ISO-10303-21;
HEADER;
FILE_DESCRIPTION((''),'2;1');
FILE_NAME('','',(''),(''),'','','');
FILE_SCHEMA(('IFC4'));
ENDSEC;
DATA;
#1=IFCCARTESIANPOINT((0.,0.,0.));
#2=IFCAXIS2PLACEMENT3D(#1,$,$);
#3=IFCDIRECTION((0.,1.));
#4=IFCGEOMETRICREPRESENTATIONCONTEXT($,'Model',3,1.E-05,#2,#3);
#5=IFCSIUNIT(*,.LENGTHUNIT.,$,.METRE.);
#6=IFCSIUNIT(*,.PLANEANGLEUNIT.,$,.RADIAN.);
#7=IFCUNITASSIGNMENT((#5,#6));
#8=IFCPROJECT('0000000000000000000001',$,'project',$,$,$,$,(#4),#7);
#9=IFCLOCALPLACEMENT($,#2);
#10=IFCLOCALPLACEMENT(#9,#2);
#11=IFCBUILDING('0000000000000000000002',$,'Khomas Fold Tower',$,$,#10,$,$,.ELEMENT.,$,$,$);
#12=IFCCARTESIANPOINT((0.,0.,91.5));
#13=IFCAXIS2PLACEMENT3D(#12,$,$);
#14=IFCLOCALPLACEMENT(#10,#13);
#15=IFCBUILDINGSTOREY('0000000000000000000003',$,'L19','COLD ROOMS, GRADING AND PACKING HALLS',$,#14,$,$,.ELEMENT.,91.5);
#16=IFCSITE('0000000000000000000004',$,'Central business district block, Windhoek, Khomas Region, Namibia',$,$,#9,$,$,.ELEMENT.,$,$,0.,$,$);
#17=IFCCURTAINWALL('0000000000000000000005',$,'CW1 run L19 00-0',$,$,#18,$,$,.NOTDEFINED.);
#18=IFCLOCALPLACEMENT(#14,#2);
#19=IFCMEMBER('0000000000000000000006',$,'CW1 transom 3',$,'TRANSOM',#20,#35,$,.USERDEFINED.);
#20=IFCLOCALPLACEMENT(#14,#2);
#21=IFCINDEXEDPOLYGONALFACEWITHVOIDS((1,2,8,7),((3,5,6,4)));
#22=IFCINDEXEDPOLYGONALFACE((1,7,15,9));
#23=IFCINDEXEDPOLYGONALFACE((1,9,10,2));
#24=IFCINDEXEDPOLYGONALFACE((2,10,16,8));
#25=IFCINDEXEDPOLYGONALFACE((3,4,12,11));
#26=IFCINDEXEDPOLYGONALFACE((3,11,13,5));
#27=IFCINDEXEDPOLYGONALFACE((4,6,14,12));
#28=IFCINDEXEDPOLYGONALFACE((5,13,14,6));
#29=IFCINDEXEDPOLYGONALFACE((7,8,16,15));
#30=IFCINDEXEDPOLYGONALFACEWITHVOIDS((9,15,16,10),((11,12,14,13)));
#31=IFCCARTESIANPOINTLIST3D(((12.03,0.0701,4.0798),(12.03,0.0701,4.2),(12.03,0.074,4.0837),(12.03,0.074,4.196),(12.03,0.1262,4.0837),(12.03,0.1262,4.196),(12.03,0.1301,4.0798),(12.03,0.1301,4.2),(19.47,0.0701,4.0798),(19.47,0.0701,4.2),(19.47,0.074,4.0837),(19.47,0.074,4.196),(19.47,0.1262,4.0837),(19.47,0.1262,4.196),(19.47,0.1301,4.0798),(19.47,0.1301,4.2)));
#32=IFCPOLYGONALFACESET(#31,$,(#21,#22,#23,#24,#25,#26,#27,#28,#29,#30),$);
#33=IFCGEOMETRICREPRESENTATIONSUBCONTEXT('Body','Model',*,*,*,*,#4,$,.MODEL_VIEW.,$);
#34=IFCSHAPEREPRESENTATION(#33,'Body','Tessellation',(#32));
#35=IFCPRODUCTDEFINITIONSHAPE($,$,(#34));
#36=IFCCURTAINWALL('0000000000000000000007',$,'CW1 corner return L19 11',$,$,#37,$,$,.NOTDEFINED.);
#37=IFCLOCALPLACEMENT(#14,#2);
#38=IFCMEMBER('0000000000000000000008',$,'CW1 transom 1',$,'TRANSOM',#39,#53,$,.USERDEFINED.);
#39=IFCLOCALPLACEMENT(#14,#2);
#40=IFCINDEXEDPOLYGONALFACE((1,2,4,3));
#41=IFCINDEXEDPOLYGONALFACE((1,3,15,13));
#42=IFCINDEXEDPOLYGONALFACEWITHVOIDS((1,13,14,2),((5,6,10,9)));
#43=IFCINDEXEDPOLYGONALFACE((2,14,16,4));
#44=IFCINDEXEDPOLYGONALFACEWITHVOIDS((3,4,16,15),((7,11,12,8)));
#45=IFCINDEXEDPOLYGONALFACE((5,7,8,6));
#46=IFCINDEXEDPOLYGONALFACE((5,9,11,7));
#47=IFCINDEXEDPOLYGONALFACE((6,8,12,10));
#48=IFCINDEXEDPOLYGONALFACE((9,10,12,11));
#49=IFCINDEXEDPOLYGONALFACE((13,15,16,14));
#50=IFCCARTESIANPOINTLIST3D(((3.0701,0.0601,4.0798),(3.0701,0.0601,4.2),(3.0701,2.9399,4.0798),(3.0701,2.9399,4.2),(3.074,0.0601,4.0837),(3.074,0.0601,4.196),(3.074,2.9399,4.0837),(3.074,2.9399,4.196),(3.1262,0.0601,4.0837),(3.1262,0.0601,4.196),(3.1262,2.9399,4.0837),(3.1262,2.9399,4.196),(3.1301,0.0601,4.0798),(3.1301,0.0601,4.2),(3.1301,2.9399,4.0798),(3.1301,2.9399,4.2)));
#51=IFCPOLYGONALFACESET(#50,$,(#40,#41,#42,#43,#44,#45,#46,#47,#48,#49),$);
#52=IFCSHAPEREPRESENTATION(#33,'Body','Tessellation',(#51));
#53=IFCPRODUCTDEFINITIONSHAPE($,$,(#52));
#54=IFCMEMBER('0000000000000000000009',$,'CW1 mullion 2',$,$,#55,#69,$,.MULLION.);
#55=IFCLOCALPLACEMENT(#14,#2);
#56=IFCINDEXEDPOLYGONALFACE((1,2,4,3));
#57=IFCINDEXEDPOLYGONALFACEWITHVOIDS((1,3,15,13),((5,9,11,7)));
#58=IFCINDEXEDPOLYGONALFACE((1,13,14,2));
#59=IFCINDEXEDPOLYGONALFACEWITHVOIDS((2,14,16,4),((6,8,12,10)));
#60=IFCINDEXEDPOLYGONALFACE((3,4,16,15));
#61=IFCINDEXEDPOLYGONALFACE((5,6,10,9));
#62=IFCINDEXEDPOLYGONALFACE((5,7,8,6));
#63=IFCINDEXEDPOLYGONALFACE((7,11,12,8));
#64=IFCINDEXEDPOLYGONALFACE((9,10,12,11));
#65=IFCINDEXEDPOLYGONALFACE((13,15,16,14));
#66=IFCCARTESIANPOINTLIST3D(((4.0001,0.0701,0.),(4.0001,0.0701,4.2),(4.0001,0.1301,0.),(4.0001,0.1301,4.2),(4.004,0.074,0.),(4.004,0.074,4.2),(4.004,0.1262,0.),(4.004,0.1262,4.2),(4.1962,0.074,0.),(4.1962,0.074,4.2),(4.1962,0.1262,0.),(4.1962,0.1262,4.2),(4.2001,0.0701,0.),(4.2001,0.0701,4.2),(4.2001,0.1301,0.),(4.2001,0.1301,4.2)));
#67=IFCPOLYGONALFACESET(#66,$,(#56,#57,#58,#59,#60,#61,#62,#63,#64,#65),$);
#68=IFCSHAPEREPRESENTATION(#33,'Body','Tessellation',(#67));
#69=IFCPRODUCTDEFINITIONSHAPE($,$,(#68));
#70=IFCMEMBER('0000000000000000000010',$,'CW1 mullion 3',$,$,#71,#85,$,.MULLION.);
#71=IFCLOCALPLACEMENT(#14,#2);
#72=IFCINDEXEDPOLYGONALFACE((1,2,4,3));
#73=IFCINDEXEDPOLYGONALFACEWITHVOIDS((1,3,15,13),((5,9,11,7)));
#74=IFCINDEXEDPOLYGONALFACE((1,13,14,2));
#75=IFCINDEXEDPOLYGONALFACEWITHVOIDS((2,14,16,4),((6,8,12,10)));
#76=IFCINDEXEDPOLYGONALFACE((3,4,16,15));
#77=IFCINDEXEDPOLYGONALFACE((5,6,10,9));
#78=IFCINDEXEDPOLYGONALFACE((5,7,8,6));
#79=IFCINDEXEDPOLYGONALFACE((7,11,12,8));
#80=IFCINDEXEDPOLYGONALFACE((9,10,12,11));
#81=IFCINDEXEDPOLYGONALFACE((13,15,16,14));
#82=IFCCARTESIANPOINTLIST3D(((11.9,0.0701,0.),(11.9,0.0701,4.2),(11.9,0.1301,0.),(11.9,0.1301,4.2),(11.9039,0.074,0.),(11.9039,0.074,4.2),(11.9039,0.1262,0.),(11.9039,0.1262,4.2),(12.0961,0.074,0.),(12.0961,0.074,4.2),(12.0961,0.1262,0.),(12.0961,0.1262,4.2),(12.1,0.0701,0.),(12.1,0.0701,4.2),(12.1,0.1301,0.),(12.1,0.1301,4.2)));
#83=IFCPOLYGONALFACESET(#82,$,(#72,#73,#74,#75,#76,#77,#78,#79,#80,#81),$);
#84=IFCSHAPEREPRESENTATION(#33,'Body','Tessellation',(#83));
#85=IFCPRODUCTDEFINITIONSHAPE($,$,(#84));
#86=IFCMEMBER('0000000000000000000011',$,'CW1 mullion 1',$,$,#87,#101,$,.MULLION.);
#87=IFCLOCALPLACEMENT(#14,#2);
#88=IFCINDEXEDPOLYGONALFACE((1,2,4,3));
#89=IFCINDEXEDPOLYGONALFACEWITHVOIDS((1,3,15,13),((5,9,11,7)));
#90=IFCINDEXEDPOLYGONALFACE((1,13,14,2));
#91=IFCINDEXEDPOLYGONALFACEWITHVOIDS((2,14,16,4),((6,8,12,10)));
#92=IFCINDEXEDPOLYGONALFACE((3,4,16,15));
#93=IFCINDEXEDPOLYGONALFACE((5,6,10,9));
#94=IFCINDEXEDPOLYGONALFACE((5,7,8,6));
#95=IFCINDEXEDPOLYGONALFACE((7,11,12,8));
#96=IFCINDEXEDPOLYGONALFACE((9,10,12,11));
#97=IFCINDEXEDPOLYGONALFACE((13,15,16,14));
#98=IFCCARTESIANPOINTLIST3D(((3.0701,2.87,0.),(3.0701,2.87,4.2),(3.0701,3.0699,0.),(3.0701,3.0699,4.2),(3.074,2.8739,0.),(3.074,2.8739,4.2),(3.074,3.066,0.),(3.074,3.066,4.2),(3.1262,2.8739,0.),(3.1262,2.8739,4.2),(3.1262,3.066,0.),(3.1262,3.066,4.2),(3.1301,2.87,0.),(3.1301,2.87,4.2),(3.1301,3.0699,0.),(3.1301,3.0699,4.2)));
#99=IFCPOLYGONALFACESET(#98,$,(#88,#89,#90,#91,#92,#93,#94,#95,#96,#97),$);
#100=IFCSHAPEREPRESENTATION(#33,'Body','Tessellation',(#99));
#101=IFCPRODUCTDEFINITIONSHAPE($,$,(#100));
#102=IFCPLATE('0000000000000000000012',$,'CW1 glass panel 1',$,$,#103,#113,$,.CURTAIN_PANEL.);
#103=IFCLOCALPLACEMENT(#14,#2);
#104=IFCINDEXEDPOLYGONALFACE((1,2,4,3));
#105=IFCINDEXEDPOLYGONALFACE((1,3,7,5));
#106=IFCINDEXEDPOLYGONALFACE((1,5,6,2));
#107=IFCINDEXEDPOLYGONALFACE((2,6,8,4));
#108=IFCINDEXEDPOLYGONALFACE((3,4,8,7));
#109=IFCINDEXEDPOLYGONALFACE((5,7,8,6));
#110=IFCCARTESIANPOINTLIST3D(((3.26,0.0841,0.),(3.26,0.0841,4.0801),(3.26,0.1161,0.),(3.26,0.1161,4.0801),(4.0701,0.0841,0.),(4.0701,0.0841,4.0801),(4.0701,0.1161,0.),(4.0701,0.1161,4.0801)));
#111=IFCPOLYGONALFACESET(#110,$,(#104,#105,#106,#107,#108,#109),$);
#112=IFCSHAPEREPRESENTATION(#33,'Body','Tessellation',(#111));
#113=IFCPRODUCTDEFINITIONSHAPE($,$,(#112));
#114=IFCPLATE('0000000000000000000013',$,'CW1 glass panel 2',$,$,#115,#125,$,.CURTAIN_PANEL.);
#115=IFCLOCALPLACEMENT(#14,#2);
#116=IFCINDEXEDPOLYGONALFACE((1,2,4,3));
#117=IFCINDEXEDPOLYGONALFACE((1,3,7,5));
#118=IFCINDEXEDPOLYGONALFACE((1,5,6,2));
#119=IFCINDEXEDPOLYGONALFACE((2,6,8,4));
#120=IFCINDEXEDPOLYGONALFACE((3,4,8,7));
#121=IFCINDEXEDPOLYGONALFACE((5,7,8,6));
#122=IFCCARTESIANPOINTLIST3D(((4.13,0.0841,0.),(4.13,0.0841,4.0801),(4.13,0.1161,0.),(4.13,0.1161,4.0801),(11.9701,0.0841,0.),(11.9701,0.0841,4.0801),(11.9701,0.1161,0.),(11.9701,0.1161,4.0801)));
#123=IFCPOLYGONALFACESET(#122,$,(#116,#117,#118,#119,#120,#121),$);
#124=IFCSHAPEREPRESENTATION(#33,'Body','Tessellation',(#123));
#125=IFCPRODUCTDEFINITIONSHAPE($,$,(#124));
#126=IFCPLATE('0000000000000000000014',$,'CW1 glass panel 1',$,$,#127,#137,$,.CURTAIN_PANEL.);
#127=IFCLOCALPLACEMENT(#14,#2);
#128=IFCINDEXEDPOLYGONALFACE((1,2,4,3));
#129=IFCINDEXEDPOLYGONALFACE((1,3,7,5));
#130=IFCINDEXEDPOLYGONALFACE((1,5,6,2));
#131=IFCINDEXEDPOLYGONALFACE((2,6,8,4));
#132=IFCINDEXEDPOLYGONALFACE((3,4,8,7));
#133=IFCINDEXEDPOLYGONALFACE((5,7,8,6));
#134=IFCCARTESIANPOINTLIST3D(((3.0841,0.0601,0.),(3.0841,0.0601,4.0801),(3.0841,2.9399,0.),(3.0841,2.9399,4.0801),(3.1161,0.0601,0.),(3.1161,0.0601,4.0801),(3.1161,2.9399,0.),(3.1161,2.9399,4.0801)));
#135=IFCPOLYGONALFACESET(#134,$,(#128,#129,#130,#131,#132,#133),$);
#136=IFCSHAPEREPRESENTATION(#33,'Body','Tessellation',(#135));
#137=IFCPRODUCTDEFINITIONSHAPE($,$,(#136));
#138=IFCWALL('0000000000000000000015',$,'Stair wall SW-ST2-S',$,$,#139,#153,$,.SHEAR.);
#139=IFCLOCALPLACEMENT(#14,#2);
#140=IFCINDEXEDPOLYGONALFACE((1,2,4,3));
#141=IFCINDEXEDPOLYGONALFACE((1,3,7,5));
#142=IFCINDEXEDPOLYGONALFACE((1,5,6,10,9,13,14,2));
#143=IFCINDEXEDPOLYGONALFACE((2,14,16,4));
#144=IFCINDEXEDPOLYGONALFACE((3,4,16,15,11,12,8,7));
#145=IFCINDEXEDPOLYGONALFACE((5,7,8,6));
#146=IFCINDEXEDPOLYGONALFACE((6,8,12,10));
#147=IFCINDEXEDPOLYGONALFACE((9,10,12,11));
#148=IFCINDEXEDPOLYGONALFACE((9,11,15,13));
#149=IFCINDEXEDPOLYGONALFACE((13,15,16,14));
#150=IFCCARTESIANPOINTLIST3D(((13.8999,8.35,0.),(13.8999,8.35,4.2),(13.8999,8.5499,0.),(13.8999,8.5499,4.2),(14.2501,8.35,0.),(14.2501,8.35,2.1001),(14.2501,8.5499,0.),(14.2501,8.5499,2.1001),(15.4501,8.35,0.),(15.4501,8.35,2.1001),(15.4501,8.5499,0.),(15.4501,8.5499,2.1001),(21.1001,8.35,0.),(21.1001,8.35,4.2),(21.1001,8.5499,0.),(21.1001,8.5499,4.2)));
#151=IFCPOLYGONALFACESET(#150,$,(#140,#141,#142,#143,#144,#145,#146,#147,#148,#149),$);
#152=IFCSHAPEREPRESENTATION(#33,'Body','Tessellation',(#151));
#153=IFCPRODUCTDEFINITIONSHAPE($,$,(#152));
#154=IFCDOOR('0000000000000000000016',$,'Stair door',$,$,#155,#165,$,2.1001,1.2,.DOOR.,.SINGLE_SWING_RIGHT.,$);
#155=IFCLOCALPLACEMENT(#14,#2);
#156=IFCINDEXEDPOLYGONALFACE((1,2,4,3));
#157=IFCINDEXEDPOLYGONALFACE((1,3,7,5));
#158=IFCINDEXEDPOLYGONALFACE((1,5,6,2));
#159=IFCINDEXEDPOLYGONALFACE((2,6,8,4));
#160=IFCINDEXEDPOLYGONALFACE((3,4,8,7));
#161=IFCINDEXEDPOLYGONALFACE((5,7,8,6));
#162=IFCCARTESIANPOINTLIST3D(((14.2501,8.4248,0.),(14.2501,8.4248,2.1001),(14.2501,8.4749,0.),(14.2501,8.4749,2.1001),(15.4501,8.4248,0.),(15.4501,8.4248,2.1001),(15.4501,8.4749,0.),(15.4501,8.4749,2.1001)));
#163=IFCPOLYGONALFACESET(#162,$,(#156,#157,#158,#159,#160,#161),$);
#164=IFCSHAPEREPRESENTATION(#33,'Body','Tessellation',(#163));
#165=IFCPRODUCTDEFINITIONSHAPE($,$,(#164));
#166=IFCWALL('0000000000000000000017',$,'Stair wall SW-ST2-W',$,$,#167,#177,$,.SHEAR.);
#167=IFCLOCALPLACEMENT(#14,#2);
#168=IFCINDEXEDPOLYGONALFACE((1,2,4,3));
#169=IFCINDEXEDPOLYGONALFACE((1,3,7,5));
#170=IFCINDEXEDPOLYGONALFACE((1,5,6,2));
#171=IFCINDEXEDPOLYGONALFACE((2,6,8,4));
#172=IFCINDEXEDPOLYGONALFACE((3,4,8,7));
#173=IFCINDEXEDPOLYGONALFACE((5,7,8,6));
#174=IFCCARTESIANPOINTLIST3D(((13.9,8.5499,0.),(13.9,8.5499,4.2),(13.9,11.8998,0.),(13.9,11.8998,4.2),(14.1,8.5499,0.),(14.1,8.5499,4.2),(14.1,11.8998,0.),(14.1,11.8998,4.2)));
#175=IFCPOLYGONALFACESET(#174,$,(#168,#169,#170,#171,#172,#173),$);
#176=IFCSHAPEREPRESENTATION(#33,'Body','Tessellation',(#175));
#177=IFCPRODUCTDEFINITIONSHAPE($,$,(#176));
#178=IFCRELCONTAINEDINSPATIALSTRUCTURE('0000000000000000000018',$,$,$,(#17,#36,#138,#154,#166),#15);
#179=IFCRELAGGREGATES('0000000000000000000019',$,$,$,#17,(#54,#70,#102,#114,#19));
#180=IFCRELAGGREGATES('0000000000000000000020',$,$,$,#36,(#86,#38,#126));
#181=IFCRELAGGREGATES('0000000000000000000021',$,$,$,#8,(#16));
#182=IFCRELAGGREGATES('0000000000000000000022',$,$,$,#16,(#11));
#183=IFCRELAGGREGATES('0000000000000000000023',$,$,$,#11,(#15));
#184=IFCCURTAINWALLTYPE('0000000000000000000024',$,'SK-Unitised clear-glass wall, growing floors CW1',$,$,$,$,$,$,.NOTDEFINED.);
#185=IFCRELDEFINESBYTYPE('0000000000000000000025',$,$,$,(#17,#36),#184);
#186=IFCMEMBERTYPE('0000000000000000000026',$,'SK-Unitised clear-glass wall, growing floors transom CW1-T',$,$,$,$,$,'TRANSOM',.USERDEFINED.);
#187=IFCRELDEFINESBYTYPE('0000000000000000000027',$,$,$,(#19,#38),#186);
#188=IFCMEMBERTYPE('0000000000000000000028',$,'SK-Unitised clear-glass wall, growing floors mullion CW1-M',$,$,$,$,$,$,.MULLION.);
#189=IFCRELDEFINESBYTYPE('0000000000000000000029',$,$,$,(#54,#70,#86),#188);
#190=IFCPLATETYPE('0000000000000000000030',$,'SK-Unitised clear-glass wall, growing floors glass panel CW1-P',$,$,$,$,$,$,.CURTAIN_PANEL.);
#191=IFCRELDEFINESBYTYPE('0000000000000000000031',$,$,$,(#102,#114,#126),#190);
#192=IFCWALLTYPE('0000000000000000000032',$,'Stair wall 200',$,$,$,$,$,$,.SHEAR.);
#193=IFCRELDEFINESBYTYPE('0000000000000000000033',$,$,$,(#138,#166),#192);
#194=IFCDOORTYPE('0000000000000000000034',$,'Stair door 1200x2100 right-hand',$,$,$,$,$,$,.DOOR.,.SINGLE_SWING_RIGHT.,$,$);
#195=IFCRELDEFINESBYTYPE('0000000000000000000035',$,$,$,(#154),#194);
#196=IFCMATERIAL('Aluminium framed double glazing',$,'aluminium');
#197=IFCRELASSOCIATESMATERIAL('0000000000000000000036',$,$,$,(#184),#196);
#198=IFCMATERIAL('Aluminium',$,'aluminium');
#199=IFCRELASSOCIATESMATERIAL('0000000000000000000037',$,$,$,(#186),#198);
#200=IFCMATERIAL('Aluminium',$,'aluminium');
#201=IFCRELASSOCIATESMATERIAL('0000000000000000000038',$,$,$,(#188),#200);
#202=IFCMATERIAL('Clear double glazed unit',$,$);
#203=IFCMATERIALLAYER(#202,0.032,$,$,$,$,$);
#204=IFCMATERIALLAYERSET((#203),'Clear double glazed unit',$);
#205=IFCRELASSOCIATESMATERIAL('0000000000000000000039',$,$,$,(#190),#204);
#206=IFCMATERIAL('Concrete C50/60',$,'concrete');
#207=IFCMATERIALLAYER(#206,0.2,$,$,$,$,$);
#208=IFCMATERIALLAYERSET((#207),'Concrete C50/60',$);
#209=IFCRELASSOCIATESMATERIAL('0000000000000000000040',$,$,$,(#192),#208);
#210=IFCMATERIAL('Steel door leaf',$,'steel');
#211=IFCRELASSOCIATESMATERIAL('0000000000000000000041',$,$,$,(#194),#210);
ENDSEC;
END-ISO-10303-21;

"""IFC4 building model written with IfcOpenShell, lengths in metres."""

from ifc_helpers import new_model, si_unit, direction, frame, frame_2d, origin, origin_2d, place, context, subcontext, project, spatial, rectangle, hollow_rectangle, extrude, source, transform, mapped, material, layer, layer_set, material_profile, profile_set, type_object, element, fill, aggregate, save


model = new_model("IFC4")

# Units and contexts
model_context = context("Model", 3, precision=1e-05, world=origin(), true_north=direction((0.0, 1.0)))
body_context = subcontext(model_context, "Body", "Model", "MODEL_VIEW")
ifc_project = project(units=[si_unit("LENGTHUNIT", "METRE"), si_unit("PLANEANGLEUNIT", "RADIAN")], contexts=[model_context])

# Site, building, storey
site_placement = place(None, origin())
site = spatial("IfcSite", under=ifc_project, at=site_placement, Name="Central business district block, Windhoek, Khomas Region, Namibia", CompositionType="ELEMENT", RefElevation=0.0)
building_placement = place(site_placement, origin())
building = spatial("IfcBuilding", under=site, at=building_placement, Name="Khomas Fold Tower", CompositionType="ELEMENT")
storey_placement = place(building_placement, frame((0.0, 0.0, 91.5)))
storey = spatial("IfcBuildingStorey", under=building, at=storey_placement, Name="L19", Description="COLD ROOMS, GRADING AND PACKING HALLS", CompositionType="ELEMENT", Elevation=91.5)

# Curtain wall, member
ifc_material_1 = material(Name="Aluminium framed double glazing", Category="aluminium")
curtain_wall_type = type_object("IfcCurtainWallType", Name="SK-Unitised clear-glass wall, growing floors CW1", PredefinedType="NOTDEFINED", material=ifc_material_1)
curtain_wall_1_placement = place(storey_placement, origin())
curtain_wall_1 = element("IfcCurtainWall", 1, at=curtain_wall_1_placement, inside=storey, type_object=curtain_wall_type, Name="CW1 run L19 00-0", PredefinedType="NOTDEFINED")
ifc_material_2 = material(Name="Aluminium", Category="aluminium")
ifc_material_profile_1 = material_profile(ifc_material_2, hollow_rectangle(XDim=0.0601, YDim=0.1201, WallThickness=0.0039, at=origin_2d()), Name="SK-Unitised clear-glass wall, growing floors transom CW1-T")
ifc_profile_set_1 = profile_set([ifc_material_profile_1], Name="Aluminium")
member_type_1 = type_object("IfcMemberType", Name="SK-Unitised clear-glass wall, growing floors transom CW1-T", ElementType="TRANSOM", PredefinedType="USERDEFINED", material=ifc_profile_set_1)
shared_shape_1 = source(origin(), body_context, "Body", "SweptSolid", [
    extrude(hollow_rectangle(XDim=0.0601, YDim=0.1201, WallThickness=0.0039, at=origin_2d()), origin(), (0.0, 0.0, 1.0), 7.4399),
])
member_1_placement = place(storey_placement, frame((12.03, 0.1001, 4.1399), z_axis=(1.0, 0.0, 0.0), x_axis=(0.0, 1.0, 0.0)))
member_1 = element("IfcMember", 2, at=member_1_placement, type_object=member_type_1, Name="CW1 transom 3", ObjectType="TRANSOM", PredefinedType="USERDEFINED", context=body_context, shape_type="MappedRepresentation", body=[
    mapped(shared_shape_1, transform((0.0, 0.0, 0.0))),
])

# Curtain wall, member
curtain_wall_2_placement = place(storey_placement, origin())
curtain_wall_2 = element("IfcCurtainWall", 3, at=curtain_wall_2_placement, inside=storey, type_object=curtain_wall_type, Name="CW1 corner return L19 11", PredefinedType="NOTDEFINED")
shared_shape_2 = source(origin(), body_context, "Body", "SweptSolid", [
    extrude(hollow_rectangle(XDim=0.0601, YDim=0.1201, WallThickness=0.0039, at=origin_2d()), origin(), (0.0, 0.0, 1.0), 2.8799),
])
member_2_placement = place(storey_placement, frame((3.1001, 2.9399, 4.1399), z_axis=(0.0, -1.0, 0.0), x_axis=(1.0, 0.0, 0.0)))
member_2 = element("IfcMember", 4, at=member_2_placement, type_object=member_type_1, Name="CW1 transom 1", ObjectType="TRANSOM", PredefinedType="USERDEFINED", context=body_context, shape_type="MappedRepresentation", body=[
    mapped(shared_shape_2, transform((0.0, 0.0, 0.0))),
])

# Members
ifc_material_3 = material(Name="Aluminium", Category="aluminium")
ifc_material_profile_2 = material_profile(ifc_material_3, hollow_rectangle(XDim=0.0601, YDim=0.2, WallThickness=0.0039, at=origin_2d()), Name="SK-Unitised clear-glass wall, growing floors mullion CW1-M")
ifc_profile_set_2 = profile_set([ifc_material_profile_2], Name="Aluminium")
member_type_2 = type_object("IfcMemberType", Name="SK-Unitised clear-glass wall, growing floors mullion CW1-M", PredefinedType="MULLION", material=ifc_profile_set_2)
shared_shape_3 = source(origin(), body_context, "Body", "SweptSolid", [
    extrude(hollow_rectangle(XDim=0.0601, YDim=0.2, WallThickness=0.0039, at=origin_2d()), origin(), (0.0, 0.0, 1.0), 4.2),
])
member_3_placement = place(storey_placement, frame((4.1001, 0.1001, 0.0), z_axis=(0.0, 0.0, 1.0), x_axis=(0.0, 1.0, 0.0)))
member_3 = element("IfcMember", 5, at=member_3_placement, type_object=member_type_2, Name="CW1 mullion 2", PredefinedType="MULLION", context=body_context, shape_type="MappedRepresentation", body=[
    mapped(shared_shape_3, transform((0.0, 0.0, 0.0))),
])
member_4_placement = place(storey_placement, frame((12.0, 0.1001, 0.0), z_axis=(0.0, 0.0, 1.0), x_axis=(0.0, 1.0, 0.0)))
member_4 = element("IfcMember", 6, at=member_4_placement, type_object=member_type_2, Name="CW1 mullion 3", PredefinedType="MULLION", context=body_context, shape_type="MappedRepresentation", body=[
    mapped(shared_shape_3, transform((0.0, 0.0, 0.0))),
])
member_5_placement = place(storey_placement, frame((3.1001, 2.97, 0.0), z_axis=(0.0, 0.0, 1.0), x_axis=(1.0, 0.0, 0.0)))
member_5 = element("IfcMember", 7, at=member_5_placement, type_object=member_type_2, Name="CW1 mullion 1", PredefinedType="MULLION", context=body_context, shape_type="MappedRepresentation", body=[
    mapped(shared_shape_3, transform((0.0, 0.0, 0.0))),
])

# Plates
ifc_material_4 = material(Name="Clear double glazed unit")
ifc_layer_1 = layer(ifc_material_4, 0.032)
ifc_layer_set_1 = layer_set([ifc_layer_1], Name="Clear double glazed unit")
plate_type = type_object("IfcPlateType", Name="SK-Unitised clear-glass wall, growing floors glass panel CW1-P", PredefinedType="CURTAIN_PANEL", material=ifc_layer_set_1)
shared_shape_4 = source(origin(), body_context, "Body", "SweptSolid", [
    extrude(rectangle(XDim=0.8101, YDim=0.032, at=origin_2d()), origin(), (0.0, 0.0, 1.0), 4.0801),
])
plate_1_placement = place(storey_placement, frame((3.665, 0.1001, 0.0), z_axis=(0.0, 0.0, 1.0), x_axis=(1.0, 0.0, 0.0)))
plate_1 = element("IfcPlate", 8, at=plate_1_placement, type_object=plate_type, Name="CW1 glass panel 1", PredefinedType="CURTAIN_PANEL", context=body_context, shape_type="MappedRepresentation", body=[
    mapped(shared_shape_4, transform((0.0, 0.0, 0.0))),
])
shared_shape_5 = source(origin(), body_context, "Body", "SweptSolid", [
    extrude(rectangle(XDim=7.8401, YDim=0.032, at=origin_2d()), origin(), (0.0, 0.0, 1.0), 4.0801),
])
plate_2_placement = place(storey_placement, frame((8.05, 0.1001, 0.0), z_axis=(0.0, 0.0, 1.0), x_axis=(1.0, 0.0, 0.0)))
plate_2 = element("IfcPlate", 9, at=plate_2_placement, type_object=plate_type, Name="CW1 glass panel 2", PredefinedType="CURTAIN_PANEL", context=body_context, shape_type="MappedRepresentation", body=[
    mapped(shared_shape_5, transform((0.0, 0.0, 0.0))),
])
aggregate(curtain_wall_1, [member_3, member_4, plate_1, plate_2, member_1])
shared_shape_6 = source(origin(), body_context, "Body", "SweptSolid", [
    extrude(rectangle(XDim=2.8799, YDim=0.032, at=origin_2d()), origin(), (0.0, 0.0, 1.0), 4.0801),
])
plate_3_placement = place(storey_placement, frame((3.1001, 1.5, 0.0), z_axis=(0.0, 0.0, 1.0), x_axis=(0.0, -1.0, 0.0)))
plate_3 = element("IfcPlate", 10, at=plate_3_placement, type_object=plate_type, Name="CW1 glass panel 1", PredefinedType="CURTAIN_PANEL", context=body_context, shape_type="MappedRepresentation", body=[
    mapped(shared_shape_6, transform((0.0, 0.0, 0.0))),
])
aggregate(curtain_wall_2, [member_5, member_2, plate_3])

# Wall, opening, door
ifc_material_5 = material(Name="Concrete C50/60", Category="concrete")
ifc_layer_2 = layer(ifc_material_5, 0.2)
ifc_layer_set_2 = layer_set([ifc_layer_2], Name="Concrete C50/60")
wall_type_1 = type_object("IfcWallType", Name="Stair wall 200", PredefinedType="SHEAR", material=ifc_layer_set_2)
shared_shape_7 = source(origin(), body_context, "Body", "SweptSolid", [
    extrude(rectangle(XDim=7.2002, YDim=0.2, at=frame_2d((3.6001, 0.0))), origin(), (0.0, 0.0, 1.0), 4.2),
])
wall_1_placement = place(storey_placement, frame((13.8999, 8.45, 0.0), z_axis=(0.0, 0.0, 1.0), x_axis=(1.0, 0.0, 0.0)))
wall_1 = element("IfcWall", 11, at=wall_1_placement, inside=storey, type_object=wall_type_1, Name="Stair wall SW-ST2-S", PredefinedType="SHEAR", context=body_context, shape_type="MappedRepresentation", body=[
    mapped(shared_shape_7, transform((0.0, 0.0, 0.0))),
])
shared_shape_8 = source(origin(), body_context, "Body", "SweptSolid", [
    extrude(rectangle(XDim=1.2, YDim=2.1001, at=frame_2d((0.6001, 1.05))), frame((0.0, 0.1099, 0.0), z_axis=(0.0, -1.0, 0.0), x_axis=(1.0, 0.0, 0.0)), (0.0, 0.0, 1.0), 0.22),
])
opening_1_placement = place(wall_1_placement, frame((0.3501, 0.0, 0.0)))
opening_1 = element("IfcOpeningElement", 12, at=opening_1_placement, cuts=wall_1, PredefinedType="OPENING", context=body_context, shape_type="MappedRepresentation", body=[
    mapped(shared_shape_8, transform((0.0, 0.0, 0.0))),
])
ifc_material_6 = material(Name="Steel door leaf", Category="steel")
door_type_1 = type_object("IfcDoorType", Name="Stair door 1200x2100 right-hand", OperationType="SINGLE_SWING_RIGHT", PredefinedType="DOOR", material=ifc_material_6)
shared_shape_9 = source(origin(), body_context, "Body", "SweptSolid", [
    extrude(rectangle(XDim=1.2, YDim=2.1001, at=frame_2d((0.6001, 1.05))), frame((0.0, 0.0249, 0.0), z_axis=(0.0, -1.0, 0.0), x_axis=(1.0, 0.0, 0.0)), (0.0, 0.0, 1.0), 0.05),
])
door_1_placement = place(opening_1_placement, origin())
door_1 = element("IfcDoor", 13, at=door_1_placement, inside=storey, type_object=door_type_1, Name="Stair door", OperationType="SINGLE_SWING_RIGHT", OverallHeight=2.1001, OverallWidth=1.2, PredefinedType="DOOR", context=body_context, shape_type="MappedRepresentation", body=[
    mapped(shared_shape_9, transform((0.0, 0.0, 0.0))),
])
fill(opening_1, door_1)

# Wall
shared_shape_10 = source(origin(), body_context, "Body", "SweptSolid", [
    extrude(rectangle(XDim=3.3499, YDim=0.2, at=frame_2d((1.6748, 0.0))), origin(), (0.0, 0.0, 1.0), 4.2),
])
wall_2_placement = place(storey_placement, frame((14.0, 8.55, 0.0), z_axis=(0.0, 0.0, 1.0), x_axis=(0.0, 1.0, 0.0)))
element("IfcWall", 14, at=wall_2_placement, inside=storey, type_object=wall_type_1, Name="Stair wall SW-ST2-W", PredefinedType="SHEAR", context=body_context, shape_type="MappedRepresentation", body=[
    mapped(shared_shape_10, transform((0.0, 0.0, 0.0))),
])

save(model, "model.ifc")
